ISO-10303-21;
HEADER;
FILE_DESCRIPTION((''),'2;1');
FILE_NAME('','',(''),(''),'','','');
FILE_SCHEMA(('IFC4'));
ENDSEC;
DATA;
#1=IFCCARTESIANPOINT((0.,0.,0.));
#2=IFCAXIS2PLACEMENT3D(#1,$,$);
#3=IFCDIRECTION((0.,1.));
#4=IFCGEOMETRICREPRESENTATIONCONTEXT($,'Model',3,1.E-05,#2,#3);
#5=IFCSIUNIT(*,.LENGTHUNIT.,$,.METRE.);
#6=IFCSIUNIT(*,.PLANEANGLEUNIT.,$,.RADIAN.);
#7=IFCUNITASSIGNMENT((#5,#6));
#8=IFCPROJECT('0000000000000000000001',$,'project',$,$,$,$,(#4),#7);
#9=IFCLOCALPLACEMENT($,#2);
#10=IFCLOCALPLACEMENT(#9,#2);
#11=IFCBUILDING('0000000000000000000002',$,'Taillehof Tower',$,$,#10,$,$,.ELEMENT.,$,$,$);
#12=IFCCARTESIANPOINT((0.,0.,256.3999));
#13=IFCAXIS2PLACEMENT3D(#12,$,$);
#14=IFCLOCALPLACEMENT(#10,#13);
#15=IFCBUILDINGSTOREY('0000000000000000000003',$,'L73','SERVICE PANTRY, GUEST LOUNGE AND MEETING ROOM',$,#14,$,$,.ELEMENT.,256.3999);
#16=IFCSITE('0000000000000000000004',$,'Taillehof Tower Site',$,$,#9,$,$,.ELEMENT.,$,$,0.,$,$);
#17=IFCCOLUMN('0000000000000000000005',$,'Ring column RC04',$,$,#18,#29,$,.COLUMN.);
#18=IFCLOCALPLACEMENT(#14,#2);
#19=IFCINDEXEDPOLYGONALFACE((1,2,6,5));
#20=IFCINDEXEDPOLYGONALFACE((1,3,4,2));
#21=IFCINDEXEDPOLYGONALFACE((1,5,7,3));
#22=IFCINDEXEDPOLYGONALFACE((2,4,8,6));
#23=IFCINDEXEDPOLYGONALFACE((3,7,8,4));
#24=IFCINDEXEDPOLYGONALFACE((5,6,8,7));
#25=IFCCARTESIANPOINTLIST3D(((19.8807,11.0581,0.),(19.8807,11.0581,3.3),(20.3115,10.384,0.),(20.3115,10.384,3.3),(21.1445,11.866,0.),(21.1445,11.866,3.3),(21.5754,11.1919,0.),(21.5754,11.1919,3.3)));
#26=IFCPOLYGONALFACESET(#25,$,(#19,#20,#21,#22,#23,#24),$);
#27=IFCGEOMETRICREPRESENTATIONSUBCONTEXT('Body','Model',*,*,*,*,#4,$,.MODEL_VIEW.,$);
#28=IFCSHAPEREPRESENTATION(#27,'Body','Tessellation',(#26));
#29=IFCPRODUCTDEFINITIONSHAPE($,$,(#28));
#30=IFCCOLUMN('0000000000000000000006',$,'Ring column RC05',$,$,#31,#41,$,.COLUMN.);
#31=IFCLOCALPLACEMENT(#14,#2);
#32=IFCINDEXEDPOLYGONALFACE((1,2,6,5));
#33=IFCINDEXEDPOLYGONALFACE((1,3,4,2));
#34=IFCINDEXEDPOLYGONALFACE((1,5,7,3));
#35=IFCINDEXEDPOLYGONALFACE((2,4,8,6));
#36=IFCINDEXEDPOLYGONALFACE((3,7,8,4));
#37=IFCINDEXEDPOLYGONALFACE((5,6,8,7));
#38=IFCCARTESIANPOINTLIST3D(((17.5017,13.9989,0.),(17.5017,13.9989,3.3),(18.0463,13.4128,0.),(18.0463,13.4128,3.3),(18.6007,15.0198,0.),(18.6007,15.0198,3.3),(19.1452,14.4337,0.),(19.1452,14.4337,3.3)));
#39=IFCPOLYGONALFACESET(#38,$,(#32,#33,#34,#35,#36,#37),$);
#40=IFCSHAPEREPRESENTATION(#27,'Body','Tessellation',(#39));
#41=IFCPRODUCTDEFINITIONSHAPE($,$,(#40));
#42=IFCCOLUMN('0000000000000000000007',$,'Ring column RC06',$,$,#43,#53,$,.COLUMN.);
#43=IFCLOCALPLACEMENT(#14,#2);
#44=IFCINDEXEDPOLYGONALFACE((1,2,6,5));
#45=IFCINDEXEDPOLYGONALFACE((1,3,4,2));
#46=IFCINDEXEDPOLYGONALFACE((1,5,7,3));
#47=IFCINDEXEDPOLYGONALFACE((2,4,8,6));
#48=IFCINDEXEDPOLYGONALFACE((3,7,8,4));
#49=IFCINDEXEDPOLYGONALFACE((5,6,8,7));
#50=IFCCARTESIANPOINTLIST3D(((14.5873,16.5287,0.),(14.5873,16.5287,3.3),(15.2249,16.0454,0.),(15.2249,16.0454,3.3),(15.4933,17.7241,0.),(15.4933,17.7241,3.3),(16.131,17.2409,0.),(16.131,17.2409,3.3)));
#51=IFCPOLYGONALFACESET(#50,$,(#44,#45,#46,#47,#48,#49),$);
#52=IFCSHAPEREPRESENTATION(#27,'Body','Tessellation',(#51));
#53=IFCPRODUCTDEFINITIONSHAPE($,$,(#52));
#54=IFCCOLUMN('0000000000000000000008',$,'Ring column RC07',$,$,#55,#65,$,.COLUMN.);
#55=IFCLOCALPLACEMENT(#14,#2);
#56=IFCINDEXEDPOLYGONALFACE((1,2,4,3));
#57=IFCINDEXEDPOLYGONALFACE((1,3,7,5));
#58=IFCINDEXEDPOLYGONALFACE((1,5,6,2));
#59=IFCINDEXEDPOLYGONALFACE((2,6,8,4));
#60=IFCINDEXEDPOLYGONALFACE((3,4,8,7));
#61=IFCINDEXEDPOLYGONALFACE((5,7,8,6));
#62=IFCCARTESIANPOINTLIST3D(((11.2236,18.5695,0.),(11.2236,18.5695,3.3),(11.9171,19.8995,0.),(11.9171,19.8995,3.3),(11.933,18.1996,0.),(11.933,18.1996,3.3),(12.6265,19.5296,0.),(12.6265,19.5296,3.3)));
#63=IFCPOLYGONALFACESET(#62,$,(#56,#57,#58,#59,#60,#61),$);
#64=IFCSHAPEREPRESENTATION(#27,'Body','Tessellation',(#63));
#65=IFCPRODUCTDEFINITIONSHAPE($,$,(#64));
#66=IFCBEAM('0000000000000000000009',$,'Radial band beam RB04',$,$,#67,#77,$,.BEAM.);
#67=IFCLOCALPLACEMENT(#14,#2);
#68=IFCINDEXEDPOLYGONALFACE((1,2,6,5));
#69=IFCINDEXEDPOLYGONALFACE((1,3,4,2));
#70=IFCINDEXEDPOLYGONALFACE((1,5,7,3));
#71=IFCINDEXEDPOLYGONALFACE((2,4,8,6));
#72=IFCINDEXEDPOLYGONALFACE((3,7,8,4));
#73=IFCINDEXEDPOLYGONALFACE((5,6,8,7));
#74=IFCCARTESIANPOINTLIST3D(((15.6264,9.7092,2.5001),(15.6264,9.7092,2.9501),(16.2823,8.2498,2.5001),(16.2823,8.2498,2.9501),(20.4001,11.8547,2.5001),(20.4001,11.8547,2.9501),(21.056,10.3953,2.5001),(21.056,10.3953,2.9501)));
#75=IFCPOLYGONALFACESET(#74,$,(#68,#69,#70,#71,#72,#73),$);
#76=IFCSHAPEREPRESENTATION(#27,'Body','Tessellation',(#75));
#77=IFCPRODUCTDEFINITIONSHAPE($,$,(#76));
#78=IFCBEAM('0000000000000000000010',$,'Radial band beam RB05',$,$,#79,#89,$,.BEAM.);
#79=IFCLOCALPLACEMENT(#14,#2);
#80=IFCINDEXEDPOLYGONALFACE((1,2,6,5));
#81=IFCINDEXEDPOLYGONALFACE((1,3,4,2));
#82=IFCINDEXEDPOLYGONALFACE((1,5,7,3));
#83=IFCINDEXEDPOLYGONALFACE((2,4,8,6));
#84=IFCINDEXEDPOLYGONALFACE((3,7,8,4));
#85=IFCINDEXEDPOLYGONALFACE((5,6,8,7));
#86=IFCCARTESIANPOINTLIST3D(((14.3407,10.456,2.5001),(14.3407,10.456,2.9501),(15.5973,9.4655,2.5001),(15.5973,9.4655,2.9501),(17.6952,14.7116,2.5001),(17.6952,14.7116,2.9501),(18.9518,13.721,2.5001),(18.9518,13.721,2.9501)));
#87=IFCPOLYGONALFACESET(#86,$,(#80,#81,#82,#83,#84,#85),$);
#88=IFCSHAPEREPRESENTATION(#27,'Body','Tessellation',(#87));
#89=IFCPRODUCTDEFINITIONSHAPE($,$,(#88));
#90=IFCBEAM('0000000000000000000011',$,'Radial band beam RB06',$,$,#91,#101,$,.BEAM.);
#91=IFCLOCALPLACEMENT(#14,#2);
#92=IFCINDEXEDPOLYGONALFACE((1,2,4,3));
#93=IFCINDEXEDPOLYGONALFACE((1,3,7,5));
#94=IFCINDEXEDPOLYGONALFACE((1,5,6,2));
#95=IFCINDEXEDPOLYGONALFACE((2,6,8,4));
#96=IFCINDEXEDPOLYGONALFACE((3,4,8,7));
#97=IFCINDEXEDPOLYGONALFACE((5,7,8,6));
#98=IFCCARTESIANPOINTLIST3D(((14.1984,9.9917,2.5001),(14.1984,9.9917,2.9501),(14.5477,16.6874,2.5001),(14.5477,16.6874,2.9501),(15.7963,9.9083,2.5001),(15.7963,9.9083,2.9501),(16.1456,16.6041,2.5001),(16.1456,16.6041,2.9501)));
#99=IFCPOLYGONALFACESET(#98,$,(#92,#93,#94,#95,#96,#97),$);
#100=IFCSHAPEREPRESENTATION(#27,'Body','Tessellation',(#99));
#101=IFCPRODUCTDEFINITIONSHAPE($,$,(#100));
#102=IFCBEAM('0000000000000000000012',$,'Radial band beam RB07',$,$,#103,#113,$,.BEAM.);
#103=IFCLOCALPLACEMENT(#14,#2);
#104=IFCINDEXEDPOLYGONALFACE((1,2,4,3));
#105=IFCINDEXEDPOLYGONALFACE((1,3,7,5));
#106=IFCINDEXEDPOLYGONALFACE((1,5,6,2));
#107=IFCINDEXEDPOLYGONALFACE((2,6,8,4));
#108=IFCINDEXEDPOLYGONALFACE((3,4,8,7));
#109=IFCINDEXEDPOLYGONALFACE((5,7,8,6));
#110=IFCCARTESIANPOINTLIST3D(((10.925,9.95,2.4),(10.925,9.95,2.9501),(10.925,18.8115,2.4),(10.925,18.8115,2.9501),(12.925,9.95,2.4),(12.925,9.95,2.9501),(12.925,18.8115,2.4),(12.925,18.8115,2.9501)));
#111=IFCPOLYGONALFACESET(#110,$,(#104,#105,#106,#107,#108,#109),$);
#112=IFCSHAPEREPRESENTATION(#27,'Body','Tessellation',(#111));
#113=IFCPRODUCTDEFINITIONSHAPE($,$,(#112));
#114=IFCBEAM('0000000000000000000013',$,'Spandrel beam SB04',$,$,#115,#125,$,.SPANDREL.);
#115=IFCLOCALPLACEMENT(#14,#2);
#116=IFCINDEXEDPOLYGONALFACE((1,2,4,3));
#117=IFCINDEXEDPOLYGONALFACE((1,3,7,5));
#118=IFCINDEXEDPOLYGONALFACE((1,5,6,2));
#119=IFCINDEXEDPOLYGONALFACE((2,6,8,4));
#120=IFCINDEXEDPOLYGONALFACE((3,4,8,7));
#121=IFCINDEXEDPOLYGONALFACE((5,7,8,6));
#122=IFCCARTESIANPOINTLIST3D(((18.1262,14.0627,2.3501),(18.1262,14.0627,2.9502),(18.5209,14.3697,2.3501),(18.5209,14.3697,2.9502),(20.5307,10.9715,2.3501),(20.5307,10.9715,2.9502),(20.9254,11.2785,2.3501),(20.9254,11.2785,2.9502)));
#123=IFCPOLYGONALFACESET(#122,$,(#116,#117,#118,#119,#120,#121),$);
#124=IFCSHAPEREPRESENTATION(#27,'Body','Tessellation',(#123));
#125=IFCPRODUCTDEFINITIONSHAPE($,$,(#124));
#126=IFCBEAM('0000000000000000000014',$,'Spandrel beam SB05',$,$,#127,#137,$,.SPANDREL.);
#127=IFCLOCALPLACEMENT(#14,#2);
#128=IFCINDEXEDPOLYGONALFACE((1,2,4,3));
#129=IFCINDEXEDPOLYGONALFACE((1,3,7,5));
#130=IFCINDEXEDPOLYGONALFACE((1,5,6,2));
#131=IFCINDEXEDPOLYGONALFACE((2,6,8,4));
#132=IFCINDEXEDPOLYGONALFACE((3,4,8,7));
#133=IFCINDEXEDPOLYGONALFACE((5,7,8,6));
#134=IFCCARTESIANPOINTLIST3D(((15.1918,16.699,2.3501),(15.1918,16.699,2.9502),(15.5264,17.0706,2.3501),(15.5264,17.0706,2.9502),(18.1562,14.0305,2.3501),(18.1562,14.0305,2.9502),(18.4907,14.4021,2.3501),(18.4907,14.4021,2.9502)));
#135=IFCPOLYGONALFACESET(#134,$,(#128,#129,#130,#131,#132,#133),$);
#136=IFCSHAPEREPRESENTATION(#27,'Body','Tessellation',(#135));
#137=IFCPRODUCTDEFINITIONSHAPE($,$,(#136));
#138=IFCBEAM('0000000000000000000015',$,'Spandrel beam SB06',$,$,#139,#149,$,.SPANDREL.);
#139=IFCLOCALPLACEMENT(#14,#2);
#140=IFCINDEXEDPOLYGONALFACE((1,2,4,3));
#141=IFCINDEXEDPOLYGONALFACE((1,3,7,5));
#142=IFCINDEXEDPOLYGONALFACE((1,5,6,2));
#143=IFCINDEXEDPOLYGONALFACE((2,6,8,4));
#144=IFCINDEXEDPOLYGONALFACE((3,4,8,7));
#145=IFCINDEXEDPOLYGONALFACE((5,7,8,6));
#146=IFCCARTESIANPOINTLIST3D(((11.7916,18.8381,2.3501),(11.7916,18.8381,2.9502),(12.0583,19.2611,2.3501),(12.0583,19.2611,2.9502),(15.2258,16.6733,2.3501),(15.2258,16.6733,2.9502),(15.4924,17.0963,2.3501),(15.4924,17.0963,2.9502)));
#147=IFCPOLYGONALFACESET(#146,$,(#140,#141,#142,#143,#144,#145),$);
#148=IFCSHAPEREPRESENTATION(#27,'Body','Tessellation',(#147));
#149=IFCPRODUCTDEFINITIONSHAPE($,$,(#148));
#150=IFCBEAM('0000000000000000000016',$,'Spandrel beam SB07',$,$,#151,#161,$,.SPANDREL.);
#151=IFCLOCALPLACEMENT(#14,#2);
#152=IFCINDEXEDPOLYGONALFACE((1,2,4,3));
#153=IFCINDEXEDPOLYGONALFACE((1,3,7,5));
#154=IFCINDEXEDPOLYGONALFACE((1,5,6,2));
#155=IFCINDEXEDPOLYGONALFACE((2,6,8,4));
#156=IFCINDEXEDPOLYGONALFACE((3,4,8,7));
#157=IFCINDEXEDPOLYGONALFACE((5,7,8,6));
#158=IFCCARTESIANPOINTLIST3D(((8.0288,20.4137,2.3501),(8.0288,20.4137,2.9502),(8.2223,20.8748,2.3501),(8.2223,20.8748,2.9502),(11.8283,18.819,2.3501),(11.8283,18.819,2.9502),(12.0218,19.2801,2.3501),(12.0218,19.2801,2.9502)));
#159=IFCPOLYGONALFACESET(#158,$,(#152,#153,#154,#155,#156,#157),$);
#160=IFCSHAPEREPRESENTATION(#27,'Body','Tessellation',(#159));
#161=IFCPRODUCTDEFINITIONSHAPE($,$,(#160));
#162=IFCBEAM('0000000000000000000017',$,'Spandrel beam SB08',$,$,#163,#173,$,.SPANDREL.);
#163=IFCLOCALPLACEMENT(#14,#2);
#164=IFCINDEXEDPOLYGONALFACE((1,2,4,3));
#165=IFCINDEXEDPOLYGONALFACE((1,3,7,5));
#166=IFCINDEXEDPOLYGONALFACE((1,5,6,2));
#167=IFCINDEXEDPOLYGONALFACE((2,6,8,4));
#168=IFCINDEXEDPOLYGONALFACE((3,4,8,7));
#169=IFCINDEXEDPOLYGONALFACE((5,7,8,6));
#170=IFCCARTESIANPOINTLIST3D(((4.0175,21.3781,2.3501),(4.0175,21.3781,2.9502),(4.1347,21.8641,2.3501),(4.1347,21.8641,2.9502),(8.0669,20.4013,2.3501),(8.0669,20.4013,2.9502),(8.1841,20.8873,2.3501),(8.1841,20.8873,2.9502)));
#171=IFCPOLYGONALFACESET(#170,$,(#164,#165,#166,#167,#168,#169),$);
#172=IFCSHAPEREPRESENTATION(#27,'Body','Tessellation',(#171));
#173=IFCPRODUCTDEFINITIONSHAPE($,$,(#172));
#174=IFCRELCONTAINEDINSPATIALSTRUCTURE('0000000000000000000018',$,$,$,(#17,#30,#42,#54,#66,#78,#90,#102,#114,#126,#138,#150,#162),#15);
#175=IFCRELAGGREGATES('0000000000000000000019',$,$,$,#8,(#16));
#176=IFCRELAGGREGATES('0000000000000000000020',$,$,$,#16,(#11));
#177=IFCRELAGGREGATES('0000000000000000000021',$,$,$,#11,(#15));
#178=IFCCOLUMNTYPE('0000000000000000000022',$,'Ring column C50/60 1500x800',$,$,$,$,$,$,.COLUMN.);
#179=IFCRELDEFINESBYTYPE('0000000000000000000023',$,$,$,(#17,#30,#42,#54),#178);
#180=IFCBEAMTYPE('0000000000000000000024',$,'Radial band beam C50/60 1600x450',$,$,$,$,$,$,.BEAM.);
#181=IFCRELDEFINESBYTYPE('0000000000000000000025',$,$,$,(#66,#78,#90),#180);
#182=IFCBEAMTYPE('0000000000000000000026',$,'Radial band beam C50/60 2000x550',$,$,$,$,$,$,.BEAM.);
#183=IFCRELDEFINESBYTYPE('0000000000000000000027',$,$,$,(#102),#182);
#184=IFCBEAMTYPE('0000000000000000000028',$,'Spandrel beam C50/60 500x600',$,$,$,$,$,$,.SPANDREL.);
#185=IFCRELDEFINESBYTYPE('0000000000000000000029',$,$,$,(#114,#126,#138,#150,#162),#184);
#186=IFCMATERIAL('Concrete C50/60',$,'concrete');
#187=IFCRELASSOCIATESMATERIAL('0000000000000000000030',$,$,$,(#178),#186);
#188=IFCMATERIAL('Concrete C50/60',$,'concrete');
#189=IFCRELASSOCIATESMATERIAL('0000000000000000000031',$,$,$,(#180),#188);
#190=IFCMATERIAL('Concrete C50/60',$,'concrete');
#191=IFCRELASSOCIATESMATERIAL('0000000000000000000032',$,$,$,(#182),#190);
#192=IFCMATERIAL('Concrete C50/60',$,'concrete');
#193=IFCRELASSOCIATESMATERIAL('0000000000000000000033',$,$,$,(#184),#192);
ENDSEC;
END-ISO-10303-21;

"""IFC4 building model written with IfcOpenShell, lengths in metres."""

from ifc_helpers import new_model, si_unit, direction, frame, origin, origin_2d, place, context, subcontext, project, spatial, rectangle, extrude, material, material_profile, profile_set, type_object, element, save


model = new_model("IFC4")

# Units and contexts
model_context = context("Model", 3, precision=1e-05, world=origin(), true_north=direction((0.0, 1.0)))
body_context = subcontext(model_context, "Body", "Model", "MODEL_VIEW")
ifc_project = project(units=[si_unit("LENGTHUNIT", "METRE"), si_unit("PLANEANGLEUNIT", "RADIAN")], contexts=[model_context])

# Site, building, storey
site_placement = place(None, origin())
site = spatial("IfcSite", under=ifc_project, at=site_placement, Name="Taillehof Tower Site", CompositionType="ELEMENT", RefElevation=0.0)
building_placement = place(site_placement, origin())
building = spatial("IfcBuilding", under=site, at=building_placement, Name="Taillehof Tower", CompositionType="ELEMENT")
storey_placement = place(building_placement, frame((0.0, 0.0, 256.3999)))
storey = spatial("IfcBuildingStorey", under=building, at=storey_placement, Name="L73", Description="SERVICE PANTRY, GUEST LOUNGE AND MEETING ROOM", CompositionType="ELEMENT", Elevation=256.3999)

# Columns
ifc_material_1 = material(Name="Concrete C50/60", Category="concrete")
ifc_material_profile_1 = material_profile(ifc_material_1, rectangle(XDim=1.5, YDim=0.8, at=origin_2d()), Name="RC 1500x800")
ifc_profile_set_1 = profile_set([ifc_material_profile_1], Name="Concrete C50/60")
column_type = type_object("IfcColumnType", Name="Ring column C50/60 1500x800", PredefinedType="COLUMN", material=ifc_profile_set_1)
for number, where, z_axis, x_axis, name in (
    (1, (20.728, 11.125, 0.0), (0.0, 0.0, 1.0), (0.842574, 0.538581, 0.0), "Ring column RC04"),
    (2, (18.3235, 14.2163, 0.0), (0.0, 0.0, 1.0), (0.732636, 0.680621, 0.0), "Ring column RC05"),
    (3, (15.3591, 16.8848, 0.0), (0.0, 0.0, 1.0), (0.60402, 0.796969, 0.0), "Ring column RC06"),
    (4, (11.925, 19.0496, 0.0), (0.0, 0.0, 1.0), (0.462384, 0.88668, 0.0), "Ring column RC07"),
):
    element("IfcColumn", number, at=place(storey_placement, frame(where, z_axis=z_axis, x_axis=x_axis)), inside=storey, type_object=column_type, Name=name, PredefinedType="COLUMN", context=body_context, shape_type="SweptSolid", body=[
        extrude(rectangle(XDim=1.5, YDim=0.8, at=origin_2d()), origin(), (0.0, 0.0, 1.0), 3.3),
    ])

# Beams
ifc_material_2 = material(Name="Concrete C50/60", Category="concrete")
ifc_material_profile_2 = material_profile(ifc_material_2, rectangle(XDim=1.6001, YDim=0.45, at=origin_2d()), Name="RC 1600x450")
ifc_profile_set_2 = profile_set([ifc_material_profile_2], Name="Concrete C50/60")
beam_type_1 = type_object("IfcBeamType", Name="Radial band beam C50/60 1600x450", PredefinedType="BEAM", material=ifc_profile_set_2)
beam_1_placement = place(storey_placement, frame((20.728, 11.125, 2.7251), z_axis=(-0.912111, -0.409944, 0.0), x_axis=(0.409944, -0.912111, 0.0)))
element("IfcBeam", 5, at=beam_1_placement, inside=storey, type_object=beam_type_1, Name="Radial band beam RB04", PredefinedType="BEAM", context=body_context, shape_type="SweptSolid", body=[
    extrude(rectangle(XDim=1.6001, YDim=0.45, at=origin_2d()), origin(), (0.0, 0.0, 1.0), 5.2336),
])
beam_2_placement = place(storey_placement, frame((18.3235, 14.2163, 2.7251), z_axis=(-0.619052, -0.78535, 0.0), x_axis=(0.78535, -0.619052, 0.0)))
element("IfcBeam", 6, at=beam_2_placement, inside=storey, type_object=beam_type_1, Name="Radial band beam RB05", PredefinedType="BEAM", context=body_context, shape_type="SweptSolid", body=[
    extrude(rectangle(XDim=1.6001, YDim=0.45, at=origin_2d()), origin(), (0.0, 0.0, 1.0), 5.4187),
])
beam_3_placement = place(storey_placement, frame((15.3467, 16.6458, 2.7251), z_axis=(-0.052106, -0.998642, 0.0), x_axis=(0.998642, -0.052106, 0.0)))
element("IfcBeam", 7, at=beam_3_placement, inside=storey, type_object=beam_type_1, Name="Radial band beam RB06", PredefinedType="BEAM", context=body_context, shape_type="SweptSolid", body=[
    extrude(rectangle(XDim=1.6001, YDim=0.45, at=origin_2d()), origin(), (0.0, 0.0, 1.0), 6.7048),
])
ifc_material_3 = material(Name="Concrete C50/60", Category="concrete")
ifc_material_profile_3 = material_profile(ifc_material_3, rectangle(XDim=2.0, YDim=0.55, at=origin_2d()), Name="RC 2000x550")
ifc_profile_set_3 = profile_set([ifc_material_profile_3], Name="Concrete C50/60")
beam_type_2 = type_object("IfcBeamType", Name="Radial band beam C50/60 2000x550", PredefinedType="BEAM", material=ifc_profile_set_3)
beam_4_placement = place(storey_placement, frame((11.925, 18.8115, 2.675), z_axis=(0.0, -1.0, 0.0), x_axis=(1.0, 0.0, 0.0)))
element("IfcBeam", 8, at=beam_4_placement, inside=storey, type_object=beam_type_2, Name="Radial band beam RB07", PredefinedType="BEAM", context=body_context, shape_type="SweptSolid", body=[
    extrude(rectangle(XDim=2.0, YDim=0.55, at=origin_2d()), origin(), (0.0, 0.0, 1.0), 8.8616),
])
ifc_material_4 = material(Name="Concrete C50/60", Category="concrete")
ifc_material_profile_4 = material_profile(ifc_material_4, rectangle(XDim=0.5, YDim=0.6001, at=origin_2d()), Name="RC 500x600")
ifc_profile_set_4 = profile_set([ifc_material_profile_4], Name="Concrete C50/60")
beam_type_3 = type_object("IfcBeamType", Name="Spandrel beam C50/60 500x600", PredefinedType="SPANDREL", material=ifc_profile_set_4)
beam_5_placement = place(storey_placement, frame((20.728, 11.125, 2.6501), z_axis=(-0.613971, 0.789329, 0.0), x_axis=(-0.789329, -0.613971, 0.0)))
element("IfcBeam", 9, at=beam_5_placement, inside=storey, type_object=beam_type_3, Name="Spandrel beam SB04", PredefinedType="SPANDREL", context=body_context, shape_type="SweptSolid", body=[
    extrude(rectangle(XDim=0.5, YDim=0.6001, at=origin_2d()), origin(), (0.0, 0.0, 1.0), 3.9163),
])
beam_6_placement = place(storey_placement, frame((18.3235, 14.2163, 2.6501), z_axis=(-0.743227, 0.669039, 0.0), x_axis=(-0.669039, -0.743227, 0.0)))
element("IfcBeam", 10, at=beam_6_placement, inside=storey, type_object=beam_type_3, Name="Spandrel beam SB05", PredefinedType="SPANDREL", context=body_context, shape_type="SweptSolid", body=[
    extrude(rectangle(XDim=0.5, YDim=0.6001, at=origin_2d()), origin(), (0.0, 0.0, 1.0), 3.9885),
])
beam_7_placement = place(storey_placement, frame((15.3591, 16.8848, 2.6501), z_axis=(-0.845944, 0.533271, 0.0), x_axis=(-0.533271, -0.845944, 0.0)))
element("IfcBeam", 11, at=beam_7_placement, inside=storey, type_object=beam_type_3, Name="Spandrel beam SB06", PredefinedType="SPANDREL", context=body_context, shape_type="SweptSolid", body=[
    extrude(rectangle(XDim=0.5, YDim=0.6001, at=origin_2d()), origin(), (0.0, 0.0, 1.0), 4.0596),
])
beam_8_placement = place(storey_placement, frame((11.925, 19.0496, 2.6501), z_axis=(-0.922076, 0.387008, 0.0), x_axis=(-0.387008, -0.922076, 0.0)))
element("IfcBeam", 12, at=beam_8_placement, inside=storey, type_object=beam_type_3, Name="Spandrel beam SB07", PredefinedType="SPANDREL", context=body_context, shape_type="SweptSolid", body=[
    extrude(rectangle(XDim=0.5, YDim=0.6001, at=origin_2d()), origin(), (0.0, 0.0, 1.0), 4.1206),
])
beam_9_placement = place(storey_placement, frame((8.1255, 20.6443, 2.6501), z_axis=(-0.972116, 0.234501, 0.0), x_axis=(-0.234501, -0.972116, 0.0)))
element("IfcBeam", 13, at=beam_9_placement, inside=storey, type_object=beam_type_3, Name="Spandrel beam SB08", PredefinedType="SPANDREL", context=body_context, shape_type="SweptSolid", body=[
    extrude(rectangle(XDim=0.5, YDim=0.6001, at=origin_2d()), origin(), (0.0, 0.0, 1.0), 4.1655),
])

save(model, "model.ifc")
